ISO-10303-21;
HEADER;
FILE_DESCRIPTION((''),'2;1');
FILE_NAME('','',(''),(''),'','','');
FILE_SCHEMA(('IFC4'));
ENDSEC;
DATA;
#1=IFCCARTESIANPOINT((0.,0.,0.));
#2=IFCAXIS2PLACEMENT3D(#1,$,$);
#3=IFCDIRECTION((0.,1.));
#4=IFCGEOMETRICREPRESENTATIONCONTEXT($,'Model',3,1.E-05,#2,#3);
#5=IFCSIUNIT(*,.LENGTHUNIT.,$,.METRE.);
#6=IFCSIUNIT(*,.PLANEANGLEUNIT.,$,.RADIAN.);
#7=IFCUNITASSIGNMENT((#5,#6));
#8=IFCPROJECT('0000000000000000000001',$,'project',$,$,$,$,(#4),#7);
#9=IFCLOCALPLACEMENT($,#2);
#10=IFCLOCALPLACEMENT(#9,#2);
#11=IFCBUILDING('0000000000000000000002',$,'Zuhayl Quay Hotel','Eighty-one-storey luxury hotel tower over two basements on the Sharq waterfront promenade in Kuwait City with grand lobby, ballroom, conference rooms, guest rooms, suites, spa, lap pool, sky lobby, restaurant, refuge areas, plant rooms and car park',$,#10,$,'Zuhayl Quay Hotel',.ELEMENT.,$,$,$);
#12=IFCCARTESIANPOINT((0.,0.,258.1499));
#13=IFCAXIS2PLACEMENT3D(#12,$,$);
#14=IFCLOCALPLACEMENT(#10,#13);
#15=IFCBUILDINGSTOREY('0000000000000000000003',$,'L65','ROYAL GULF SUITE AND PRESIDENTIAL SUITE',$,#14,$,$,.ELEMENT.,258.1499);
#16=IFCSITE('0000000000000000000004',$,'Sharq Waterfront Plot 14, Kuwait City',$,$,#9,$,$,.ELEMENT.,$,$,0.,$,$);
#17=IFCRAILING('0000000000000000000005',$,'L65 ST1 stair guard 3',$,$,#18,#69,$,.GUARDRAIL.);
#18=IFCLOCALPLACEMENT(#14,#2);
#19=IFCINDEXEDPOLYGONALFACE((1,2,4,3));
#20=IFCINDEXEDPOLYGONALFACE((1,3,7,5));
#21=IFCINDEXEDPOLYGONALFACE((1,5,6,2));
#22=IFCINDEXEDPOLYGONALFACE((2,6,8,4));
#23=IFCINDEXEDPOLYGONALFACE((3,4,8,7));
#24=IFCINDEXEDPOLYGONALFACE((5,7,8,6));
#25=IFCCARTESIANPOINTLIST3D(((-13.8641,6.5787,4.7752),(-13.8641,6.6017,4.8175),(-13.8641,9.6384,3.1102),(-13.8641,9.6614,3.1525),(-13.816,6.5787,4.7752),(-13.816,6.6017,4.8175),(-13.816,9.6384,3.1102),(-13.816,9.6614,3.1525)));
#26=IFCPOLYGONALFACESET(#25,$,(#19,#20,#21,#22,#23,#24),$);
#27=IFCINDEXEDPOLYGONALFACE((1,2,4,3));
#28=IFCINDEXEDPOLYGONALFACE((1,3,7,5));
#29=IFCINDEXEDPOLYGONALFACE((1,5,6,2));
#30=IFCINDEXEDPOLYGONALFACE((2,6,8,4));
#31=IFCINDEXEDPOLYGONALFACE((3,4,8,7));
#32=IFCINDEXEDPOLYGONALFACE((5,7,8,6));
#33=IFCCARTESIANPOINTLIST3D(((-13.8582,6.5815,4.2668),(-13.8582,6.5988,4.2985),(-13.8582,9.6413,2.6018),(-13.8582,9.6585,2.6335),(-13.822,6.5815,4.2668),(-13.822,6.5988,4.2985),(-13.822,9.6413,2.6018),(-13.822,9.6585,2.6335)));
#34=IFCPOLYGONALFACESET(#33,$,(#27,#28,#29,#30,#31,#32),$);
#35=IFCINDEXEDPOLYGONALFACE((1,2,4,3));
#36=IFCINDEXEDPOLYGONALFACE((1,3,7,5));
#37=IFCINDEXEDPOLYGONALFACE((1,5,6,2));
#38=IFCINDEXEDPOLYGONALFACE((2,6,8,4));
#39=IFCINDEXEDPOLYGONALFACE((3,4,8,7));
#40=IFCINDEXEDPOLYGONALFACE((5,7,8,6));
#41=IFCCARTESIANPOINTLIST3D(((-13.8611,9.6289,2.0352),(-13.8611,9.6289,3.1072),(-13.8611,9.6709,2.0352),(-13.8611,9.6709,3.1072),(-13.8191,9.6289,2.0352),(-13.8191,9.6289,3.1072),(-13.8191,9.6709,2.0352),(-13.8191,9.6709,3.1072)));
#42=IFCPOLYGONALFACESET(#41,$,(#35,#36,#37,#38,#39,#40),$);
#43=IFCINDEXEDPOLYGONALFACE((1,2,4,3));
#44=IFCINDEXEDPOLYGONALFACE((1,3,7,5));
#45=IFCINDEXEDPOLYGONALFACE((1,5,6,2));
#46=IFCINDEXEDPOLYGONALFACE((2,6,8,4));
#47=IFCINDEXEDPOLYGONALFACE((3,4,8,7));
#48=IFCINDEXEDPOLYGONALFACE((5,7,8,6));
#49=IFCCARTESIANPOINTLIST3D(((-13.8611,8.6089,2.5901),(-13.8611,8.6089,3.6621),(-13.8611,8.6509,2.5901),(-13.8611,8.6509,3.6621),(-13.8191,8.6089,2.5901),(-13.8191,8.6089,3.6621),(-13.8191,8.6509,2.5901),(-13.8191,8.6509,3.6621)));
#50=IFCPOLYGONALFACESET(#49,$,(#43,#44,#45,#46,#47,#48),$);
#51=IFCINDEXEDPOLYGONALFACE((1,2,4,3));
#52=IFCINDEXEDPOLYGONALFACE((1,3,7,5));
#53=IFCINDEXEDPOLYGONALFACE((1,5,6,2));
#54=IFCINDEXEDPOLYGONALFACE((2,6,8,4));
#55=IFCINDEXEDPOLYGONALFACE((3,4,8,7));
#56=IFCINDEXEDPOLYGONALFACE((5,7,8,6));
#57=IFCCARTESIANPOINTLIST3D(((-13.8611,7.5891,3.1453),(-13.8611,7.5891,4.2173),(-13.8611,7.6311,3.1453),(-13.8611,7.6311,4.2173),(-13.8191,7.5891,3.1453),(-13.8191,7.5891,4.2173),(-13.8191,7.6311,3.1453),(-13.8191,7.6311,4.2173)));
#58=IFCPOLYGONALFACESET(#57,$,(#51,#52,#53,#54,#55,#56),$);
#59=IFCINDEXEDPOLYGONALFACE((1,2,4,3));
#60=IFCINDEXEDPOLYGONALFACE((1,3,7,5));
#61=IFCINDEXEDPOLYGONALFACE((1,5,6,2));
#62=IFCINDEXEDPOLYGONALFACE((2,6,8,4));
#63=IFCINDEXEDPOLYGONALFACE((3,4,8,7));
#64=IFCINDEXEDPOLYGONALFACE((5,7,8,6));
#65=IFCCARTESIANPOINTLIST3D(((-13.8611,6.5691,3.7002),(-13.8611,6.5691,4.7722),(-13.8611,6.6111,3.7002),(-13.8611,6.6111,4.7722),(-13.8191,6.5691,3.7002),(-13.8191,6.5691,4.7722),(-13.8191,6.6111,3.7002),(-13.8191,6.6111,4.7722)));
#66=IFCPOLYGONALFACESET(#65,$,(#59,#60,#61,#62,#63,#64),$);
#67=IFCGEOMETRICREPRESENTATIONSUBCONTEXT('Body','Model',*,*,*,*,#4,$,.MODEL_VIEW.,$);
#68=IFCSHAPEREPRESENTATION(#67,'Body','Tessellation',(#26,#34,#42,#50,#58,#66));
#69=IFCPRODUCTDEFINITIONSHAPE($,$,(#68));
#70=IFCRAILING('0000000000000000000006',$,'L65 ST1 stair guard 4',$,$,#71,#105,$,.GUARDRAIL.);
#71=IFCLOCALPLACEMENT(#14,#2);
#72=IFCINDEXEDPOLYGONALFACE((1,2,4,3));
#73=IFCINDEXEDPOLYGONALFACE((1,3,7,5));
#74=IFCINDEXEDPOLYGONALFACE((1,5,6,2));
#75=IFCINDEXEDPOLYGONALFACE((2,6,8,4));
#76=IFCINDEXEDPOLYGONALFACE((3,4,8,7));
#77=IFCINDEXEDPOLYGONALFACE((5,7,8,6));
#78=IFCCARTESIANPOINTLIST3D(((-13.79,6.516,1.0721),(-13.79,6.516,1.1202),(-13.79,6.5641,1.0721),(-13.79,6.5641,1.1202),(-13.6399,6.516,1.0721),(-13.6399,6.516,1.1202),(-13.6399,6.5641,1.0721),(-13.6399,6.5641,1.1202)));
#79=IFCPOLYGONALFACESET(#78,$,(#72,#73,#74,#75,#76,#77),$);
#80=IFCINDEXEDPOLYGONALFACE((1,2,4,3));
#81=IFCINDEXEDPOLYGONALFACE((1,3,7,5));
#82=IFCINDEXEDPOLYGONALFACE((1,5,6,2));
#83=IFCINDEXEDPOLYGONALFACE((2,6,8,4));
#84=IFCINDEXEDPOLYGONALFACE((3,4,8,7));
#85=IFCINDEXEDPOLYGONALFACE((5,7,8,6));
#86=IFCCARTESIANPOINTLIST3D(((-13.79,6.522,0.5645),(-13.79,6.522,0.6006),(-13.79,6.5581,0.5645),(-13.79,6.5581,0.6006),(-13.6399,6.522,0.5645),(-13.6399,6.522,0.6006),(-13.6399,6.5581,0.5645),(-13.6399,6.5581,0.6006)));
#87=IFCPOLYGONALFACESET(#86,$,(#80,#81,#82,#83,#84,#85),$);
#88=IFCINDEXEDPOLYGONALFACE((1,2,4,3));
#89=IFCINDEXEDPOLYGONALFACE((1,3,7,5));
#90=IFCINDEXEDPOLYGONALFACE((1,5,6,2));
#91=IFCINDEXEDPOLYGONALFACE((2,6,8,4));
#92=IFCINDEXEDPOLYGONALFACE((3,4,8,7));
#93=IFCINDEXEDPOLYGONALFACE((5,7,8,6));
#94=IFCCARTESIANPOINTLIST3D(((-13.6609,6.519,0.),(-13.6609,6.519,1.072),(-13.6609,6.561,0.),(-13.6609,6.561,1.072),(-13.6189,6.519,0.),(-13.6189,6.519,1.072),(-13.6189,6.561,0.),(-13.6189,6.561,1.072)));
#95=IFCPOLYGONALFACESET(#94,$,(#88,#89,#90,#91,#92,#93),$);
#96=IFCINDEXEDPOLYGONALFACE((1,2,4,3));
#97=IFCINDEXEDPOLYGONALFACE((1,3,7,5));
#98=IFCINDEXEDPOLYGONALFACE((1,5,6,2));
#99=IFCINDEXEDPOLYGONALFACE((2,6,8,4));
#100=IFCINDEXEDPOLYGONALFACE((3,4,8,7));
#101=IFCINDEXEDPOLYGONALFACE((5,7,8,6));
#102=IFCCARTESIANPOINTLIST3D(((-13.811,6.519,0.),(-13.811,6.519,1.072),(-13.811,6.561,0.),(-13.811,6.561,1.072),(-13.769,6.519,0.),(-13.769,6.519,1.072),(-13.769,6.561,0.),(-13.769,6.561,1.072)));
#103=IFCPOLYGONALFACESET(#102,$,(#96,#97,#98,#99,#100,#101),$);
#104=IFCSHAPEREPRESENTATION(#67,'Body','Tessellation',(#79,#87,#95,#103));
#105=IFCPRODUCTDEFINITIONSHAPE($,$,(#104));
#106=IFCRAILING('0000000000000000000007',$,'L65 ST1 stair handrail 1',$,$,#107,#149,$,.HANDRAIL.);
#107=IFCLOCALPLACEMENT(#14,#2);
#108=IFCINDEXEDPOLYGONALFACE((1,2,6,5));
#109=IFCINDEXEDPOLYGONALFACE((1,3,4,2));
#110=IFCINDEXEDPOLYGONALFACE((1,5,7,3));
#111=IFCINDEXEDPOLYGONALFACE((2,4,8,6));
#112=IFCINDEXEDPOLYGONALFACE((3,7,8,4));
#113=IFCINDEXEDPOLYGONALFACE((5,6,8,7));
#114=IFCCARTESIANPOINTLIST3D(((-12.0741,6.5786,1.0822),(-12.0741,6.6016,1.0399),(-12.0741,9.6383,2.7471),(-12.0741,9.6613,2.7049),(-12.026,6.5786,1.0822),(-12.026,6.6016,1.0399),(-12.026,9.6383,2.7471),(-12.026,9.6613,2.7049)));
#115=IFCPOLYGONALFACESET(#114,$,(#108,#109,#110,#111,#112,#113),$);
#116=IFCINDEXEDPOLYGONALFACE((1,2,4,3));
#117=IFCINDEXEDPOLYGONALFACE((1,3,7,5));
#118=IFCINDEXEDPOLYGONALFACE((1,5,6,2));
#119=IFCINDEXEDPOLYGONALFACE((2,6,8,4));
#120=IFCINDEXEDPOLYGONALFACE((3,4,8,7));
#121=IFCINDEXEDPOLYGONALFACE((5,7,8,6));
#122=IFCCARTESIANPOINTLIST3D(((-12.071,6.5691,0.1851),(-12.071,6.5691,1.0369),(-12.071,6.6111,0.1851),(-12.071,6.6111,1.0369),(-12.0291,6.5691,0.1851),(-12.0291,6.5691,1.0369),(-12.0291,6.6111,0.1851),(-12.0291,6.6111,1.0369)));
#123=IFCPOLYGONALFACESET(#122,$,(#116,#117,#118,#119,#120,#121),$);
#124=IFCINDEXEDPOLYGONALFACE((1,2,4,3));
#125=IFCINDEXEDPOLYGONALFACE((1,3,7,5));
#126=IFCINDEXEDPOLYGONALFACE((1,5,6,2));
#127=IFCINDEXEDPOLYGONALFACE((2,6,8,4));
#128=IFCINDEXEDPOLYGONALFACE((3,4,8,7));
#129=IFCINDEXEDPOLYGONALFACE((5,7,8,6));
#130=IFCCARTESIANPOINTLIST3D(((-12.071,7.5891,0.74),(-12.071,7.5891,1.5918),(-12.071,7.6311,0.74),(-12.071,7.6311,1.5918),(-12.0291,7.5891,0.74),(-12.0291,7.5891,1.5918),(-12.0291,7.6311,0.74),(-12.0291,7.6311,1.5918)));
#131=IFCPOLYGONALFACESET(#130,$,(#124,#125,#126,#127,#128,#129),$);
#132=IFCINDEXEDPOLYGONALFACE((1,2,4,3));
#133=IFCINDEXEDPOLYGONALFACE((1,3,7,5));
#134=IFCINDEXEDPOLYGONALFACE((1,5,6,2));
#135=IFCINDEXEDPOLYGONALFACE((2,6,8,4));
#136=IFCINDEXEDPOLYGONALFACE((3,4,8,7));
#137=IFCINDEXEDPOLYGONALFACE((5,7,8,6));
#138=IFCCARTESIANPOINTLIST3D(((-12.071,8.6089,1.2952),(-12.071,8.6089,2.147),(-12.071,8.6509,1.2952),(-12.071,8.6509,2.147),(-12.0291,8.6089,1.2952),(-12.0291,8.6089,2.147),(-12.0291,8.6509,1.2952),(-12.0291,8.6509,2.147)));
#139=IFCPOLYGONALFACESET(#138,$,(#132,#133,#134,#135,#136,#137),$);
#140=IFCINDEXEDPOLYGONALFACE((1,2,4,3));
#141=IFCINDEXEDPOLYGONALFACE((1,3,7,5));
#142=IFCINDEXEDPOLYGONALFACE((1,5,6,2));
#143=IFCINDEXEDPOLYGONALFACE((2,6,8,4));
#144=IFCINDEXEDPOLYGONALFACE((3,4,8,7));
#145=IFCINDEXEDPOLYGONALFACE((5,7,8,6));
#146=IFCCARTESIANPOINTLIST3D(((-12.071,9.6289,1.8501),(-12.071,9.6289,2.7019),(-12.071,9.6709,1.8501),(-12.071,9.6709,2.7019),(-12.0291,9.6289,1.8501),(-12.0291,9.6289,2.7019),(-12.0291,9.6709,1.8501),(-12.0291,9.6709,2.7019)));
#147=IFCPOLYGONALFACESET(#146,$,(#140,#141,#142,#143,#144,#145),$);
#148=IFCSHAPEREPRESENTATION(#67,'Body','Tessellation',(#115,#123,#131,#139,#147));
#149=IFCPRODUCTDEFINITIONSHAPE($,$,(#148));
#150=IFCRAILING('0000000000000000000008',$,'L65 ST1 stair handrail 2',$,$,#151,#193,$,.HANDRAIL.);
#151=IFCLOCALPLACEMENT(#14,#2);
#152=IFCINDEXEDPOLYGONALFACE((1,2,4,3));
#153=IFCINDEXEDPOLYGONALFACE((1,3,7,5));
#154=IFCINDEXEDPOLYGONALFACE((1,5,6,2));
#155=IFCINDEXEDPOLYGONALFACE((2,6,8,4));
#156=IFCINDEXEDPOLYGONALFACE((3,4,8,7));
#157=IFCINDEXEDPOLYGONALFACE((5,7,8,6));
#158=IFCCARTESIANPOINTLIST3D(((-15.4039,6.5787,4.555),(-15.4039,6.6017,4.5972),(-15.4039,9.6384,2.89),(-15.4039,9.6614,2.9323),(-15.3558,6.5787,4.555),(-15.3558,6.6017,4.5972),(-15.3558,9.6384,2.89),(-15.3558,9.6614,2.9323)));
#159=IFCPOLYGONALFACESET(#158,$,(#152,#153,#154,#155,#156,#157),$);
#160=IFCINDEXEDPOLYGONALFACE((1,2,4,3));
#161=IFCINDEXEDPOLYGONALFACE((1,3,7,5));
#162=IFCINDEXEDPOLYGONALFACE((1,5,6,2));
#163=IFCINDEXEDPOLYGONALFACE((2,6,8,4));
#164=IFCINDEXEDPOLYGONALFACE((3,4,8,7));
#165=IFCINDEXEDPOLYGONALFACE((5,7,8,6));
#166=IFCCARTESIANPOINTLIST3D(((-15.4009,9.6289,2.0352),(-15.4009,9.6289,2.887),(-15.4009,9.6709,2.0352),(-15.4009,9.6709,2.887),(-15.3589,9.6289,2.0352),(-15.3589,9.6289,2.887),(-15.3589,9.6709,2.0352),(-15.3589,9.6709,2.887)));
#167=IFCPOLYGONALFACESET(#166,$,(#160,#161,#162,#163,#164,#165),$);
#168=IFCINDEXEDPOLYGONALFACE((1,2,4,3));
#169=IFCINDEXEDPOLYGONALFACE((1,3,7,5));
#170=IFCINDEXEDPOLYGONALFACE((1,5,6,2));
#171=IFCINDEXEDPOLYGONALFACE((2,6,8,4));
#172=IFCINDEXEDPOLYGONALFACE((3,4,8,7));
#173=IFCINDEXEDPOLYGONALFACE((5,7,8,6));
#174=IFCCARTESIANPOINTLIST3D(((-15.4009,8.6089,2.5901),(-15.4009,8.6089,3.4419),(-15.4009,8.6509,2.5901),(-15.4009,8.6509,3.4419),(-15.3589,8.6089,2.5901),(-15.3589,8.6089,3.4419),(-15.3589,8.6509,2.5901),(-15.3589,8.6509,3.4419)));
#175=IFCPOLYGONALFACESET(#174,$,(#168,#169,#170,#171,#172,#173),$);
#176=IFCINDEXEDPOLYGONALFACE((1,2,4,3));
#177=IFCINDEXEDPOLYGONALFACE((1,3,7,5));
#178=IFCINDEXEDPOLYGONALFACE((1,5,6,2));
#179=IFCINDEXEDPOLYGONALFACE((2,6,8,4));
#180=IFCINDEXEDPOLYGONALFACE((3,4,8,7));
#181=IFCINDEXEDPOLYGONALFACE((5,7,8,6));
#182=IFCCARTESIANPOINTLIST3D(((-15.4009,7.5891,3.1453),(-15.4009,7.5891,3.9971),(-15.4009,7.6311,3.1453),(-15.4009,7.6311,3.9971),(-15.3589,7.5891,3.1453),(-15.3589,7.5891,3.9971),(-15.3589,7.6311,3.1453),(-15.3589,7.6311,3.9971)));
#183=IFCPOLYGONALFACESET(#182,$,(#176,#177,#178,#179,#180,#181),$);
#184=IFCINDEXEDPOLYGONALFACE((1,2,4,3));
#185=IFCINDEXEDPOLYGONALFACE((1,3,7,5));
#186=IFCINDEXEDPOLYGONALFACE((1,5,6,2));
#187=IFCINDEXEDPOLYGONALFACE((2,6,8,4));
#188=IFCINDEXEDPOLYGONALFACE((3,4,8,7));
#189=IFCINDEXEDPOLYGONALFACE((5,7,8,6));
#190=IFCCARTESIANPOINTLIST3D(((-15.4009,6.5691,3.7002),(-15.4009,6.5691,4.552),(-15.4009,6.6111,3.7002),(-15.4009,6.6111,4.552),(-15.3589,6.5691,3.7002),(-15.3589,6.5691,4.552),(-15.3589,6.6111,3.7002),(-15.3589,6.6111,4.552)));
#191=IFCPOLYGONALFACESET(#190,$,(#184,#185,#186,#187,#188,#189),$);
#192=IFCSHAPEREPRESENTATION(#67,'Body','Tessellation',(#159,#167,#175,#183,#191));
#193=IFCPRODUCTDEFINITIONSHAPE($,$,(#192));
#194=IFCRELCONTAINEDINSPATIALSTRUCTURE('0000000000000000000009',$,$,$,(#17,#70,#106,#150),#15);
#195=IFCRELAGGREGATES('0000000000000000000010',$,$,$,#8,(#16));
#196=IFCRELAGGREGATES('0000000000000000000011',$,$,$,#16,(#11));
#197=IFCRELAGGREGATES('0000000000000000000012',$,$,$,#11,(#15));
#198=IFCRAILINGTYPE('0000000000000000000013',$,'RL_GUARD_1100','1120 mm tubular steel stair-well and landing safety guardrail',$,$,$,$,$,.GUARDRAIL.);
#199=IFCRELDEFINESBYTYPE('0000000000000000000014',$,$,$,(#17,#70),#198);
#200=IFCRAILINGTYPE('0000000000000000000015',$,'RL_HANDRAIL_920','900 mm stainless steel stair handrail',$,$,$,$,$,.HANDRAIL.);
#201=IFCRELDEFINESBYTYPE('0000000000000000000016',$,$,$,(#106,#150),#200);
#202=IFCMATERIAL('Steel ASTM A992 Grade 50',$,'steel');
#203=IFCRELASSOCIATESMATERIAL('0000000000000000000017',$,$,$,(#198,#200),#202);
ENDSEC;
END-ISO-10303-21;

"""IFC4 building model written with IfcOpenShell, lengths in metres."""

from ifc_helpers import new_model, si_unit, direction, frame, origin, origin_2d, place, context, subcontext, project, spatial, rectangle, extrude, material, type_object, element, save


model = new_model("IFC4")

# Units and contexts
model_context = context("Model", 3, precision=1e-05, world=origin(), true_north=direction((0.0, 1.0)))
body_context = subcontext(model_context, "Body", "Model", "MODEL_VIEW")
ifc_project = project(units=[si_unit("LENGTHUNIT", "METRE"), si_unit("PLANEANGLEUNIT", "RADIAN")], contexts=[model_context])

# Site, building, storey
site_placement = place(None, origin())
site = spatial("IfcSite", under=ifc_project, at=site_placement, Name="Sharq Waterfront Plot 14, Kuwait City", CompositionType="ELEMENT", RefElevation=0.0)
building_placement = place(site_placement, origin())
building = spatial("IfcBuilding", under=site, at=building_placement, Name="Zuhayl Quay Hotel", Description="Eighty-one-storey luxury hotel tower over two basements on the Sharq waterfront promenade in Kuwait City with grand lobby, ballroom, conference rooms, guest rooms, suites, spa, lap pool, sky lobby, restaurant, refuge areas, plant rooms and car park", LongName="Zuhayl Quay Hotel", CompositionType="ELEMENT")
storey_placement = place(building_placement, frame((0.0, 0.0, 258.1499)))
storey = spatial("IfcBuildingStorey", under=building, at=storey_placement, Name="L65", Description="ROYAL GULF SUITE AND PRESIDENTIAL SUITE", CompositionType="ELEMENT", Elevation=258.1499)

# Shared definitions
ifc_material_1 = material(Name="Steel ASTM A992 Grade 50", Category="steel")

# Railings
railing_type_1 = type_object("IfcRailingType", Name="RL_GUARD_1100", Description="1120 mm tubular steel stair-well and landing safety guardrail", PredefinedType="GUARDRAIL", material=ifc_material_1)
railing_1_placement = place(storey_placement, frame((-13.8401, 9.6499, 2.0352)))
element("IfcRailing", 1, at=railing_1_placement, inside=storey, type_object=railing_type_1, Name="L65 ST1 stair guard 3", PredefinedType="GUARDRAIL", context=body_context, shape_type="SweptSolid", body=[
    extrude(rectangle(XDim=0.0481, YDim=0.0481, at=origin_2d()), frame((0.0, 0.0, 1.0962), z_axis=(0.0, -0.878372, 0.477978), x_axis=(1.0, 0.0, 0.0)), (0.0, 0.0, 1.0), 3.4834),
    extrude(rectangle(XDim=0.0361, YDim=0.0361, at=origin_2d()), frame((0.0, 0.0, 0.5825), z_axis=(0.0, -0.878372, 0.477978), x_axis=(1.0, 0.0, 0.0)), (0.0, 0.0, 1.0), 3.4834),
    extrude(rectangle(XDim=0.042, YDim=0.042, at=origin_2d()), origin(), (0.0, 0.0, 1.0), 1.072),
    extrude(rectangle(XDim=0.042, YDim=0.042, at=origin_2d()), frame((0.0, -1.02, 0.5549)), (0.0, 0.0, 1.0), 1.072),
    extrude(rectangle(XDim=0.042, YDim=0.042, at=origin_2d()), frame((0.0, -2.0398, 1.1101)), (0.0, 0.0, 1.0), 1.072),
    extrude(rectangle(XDim=0.042, YDim=0.042, at=origin_2d()), frame((0.0, -3.0598, 1.665)), (0.0, 0.0, 1.0), 1.072),
])
railing_2_placement = place(storey_placement, frame((-13.6399, 6.54, 0.0)))
element("IfcRailing", 2, at=railing_2_placement, inside=storey, type_object=railing_type_1, Name="L65 ST1 stair guard 4", PredefinedType="GUARDRAIL", context=body_context, shape_type="SweptSolid", body=[
    extrude(rectangle(XDim=0.0481, YDim=0.0481, at=origin_2d()), frame((0.0, 0.0, 1.0962), z_axis=(-1.0, 0.0, 0.0), x_axis=(0.0, -1.0, 0.0)), (0.0, 0.0, 1.0), 0.1501),
    extrude(rectangle(XDim=0.0361, YDim=0.0361, at=origin_2d()), frame((0.0, 0.0, 0.5825), z_axis=(-1.0, 0.0, 0.0), x_axis=(0.0, -1.0, 0.0)), (0.0, 0.0, 1.0), 0.1501),
    extrude(rectangle(XDim=0.042, YDim=0.042, at=origin_2d()), origin(), (0.0, 0.0, 1.0), 1.072),
    extrude(rectangle(XDim=0.042, YDim=0.042, at=origin_2d()), frame((-0.1501, 0.0, 0.0)), (0.0, 0.0, 1.0), 1.072),
])
railing_type_2 = type_object("IfcRailingType", Name="RL_HANDRAIL_920", Description="900 mm stainless steel stair handrail", PredefinedType="HANDRAIL", material=ifc_material_1)
railing_3_placement = place(storey_placement, frame((-12.05, 6.5901, 0.1851)))
element("IfcRailing", 3, at=railing_3_placement, inside=storey, type_object=railing_type_2, Name="L65 ST1 stair handrail 1", PredefinedType="HANDRAIL", context=body_context, shape_type="SweptSolid", body=[
    extrude(rectangle(XDim=0.0481, YDim=0.0481, at=origin_2d()), frame((0.0, 0.0, 0.876), z_axis=(0.0, 0.878372, 0.477978), x_axis=(-1.0, 0.0, 0.0)), (0.0, 0.0, 1.0), 3.4834),
    extrude(rectangle(XDim=0.042, YDim=0.042, at=origin_2d()), origin(), (0.0, 0.0, 1.0), 0.8518),
    extrude(rectangle(XDim=0.042, YDim=0.042, at=origin_2d()), frame((0.0, 1.02, 0.5549)), (0.0, 0.0, 1.0), 0.8518),
    extrude(rectangle(XDim=0.042, YDim=0.042, at=origin_2d()), frame((0.0, 2.0398, 1.1101)), (0.0, 0.0, 1.0), 0.8518),
    extrude(rectangle(XDim=0.042, YDim=0.042, at=origin_2d()), frame((0.0, 3.0598, 1.665)), (0.0, 0.0, 1.0), 0.8518),
])
railing_4_placement = place(storey_placement, frame((-15.3799, 9.6499, 2.0352)))
element("IfcRailing", 4, at=railing_4_placement, inside=storey, type_object=railing_type_2, Name="L65 ST1 stair handrail 2", PredefinedType="HANDRAIL", context=body_context, shape_type="SweptSolid", body=[
    extrude(rectangle(XDim=0.0481, YDim=0.0481, at=origin_2d()), frame((0.0, 0.0, 0.876), z_axis=(0.0, -0.878372, 0.477978), x_axis=(1.0, 0.0, 0.0)), (0.0, 0.0, 1.0), 3.4834),
    extrude(rectangle(XDim=0.042, YDim=0.042, at=origin_2d()), origin(), (0.0, 0.0, 1.0), 0.8518),
    extrude(rectangle(XDim=0.042, YDim=0.042, at=origin_2d()), frame((0.0, -1.02, 0.5549)), (0.0, 0.0, 1.0), 0.8518),
    extrude(rectangle(XDim=0.042, YDim=0.042, at=origin_2d()), frame((0.0, -2.0398, 1.1101)), (0.0, 0.0, 1.0), 0.8518),
    extrude(rectangle(XDim=0.042, YDim=0.042, at=origin_2d()), frame((0.0, -3.0598, 1.665)), (0.0, 0.0, 1.0), 0.8518),
])

save(model, "model.ifc")
